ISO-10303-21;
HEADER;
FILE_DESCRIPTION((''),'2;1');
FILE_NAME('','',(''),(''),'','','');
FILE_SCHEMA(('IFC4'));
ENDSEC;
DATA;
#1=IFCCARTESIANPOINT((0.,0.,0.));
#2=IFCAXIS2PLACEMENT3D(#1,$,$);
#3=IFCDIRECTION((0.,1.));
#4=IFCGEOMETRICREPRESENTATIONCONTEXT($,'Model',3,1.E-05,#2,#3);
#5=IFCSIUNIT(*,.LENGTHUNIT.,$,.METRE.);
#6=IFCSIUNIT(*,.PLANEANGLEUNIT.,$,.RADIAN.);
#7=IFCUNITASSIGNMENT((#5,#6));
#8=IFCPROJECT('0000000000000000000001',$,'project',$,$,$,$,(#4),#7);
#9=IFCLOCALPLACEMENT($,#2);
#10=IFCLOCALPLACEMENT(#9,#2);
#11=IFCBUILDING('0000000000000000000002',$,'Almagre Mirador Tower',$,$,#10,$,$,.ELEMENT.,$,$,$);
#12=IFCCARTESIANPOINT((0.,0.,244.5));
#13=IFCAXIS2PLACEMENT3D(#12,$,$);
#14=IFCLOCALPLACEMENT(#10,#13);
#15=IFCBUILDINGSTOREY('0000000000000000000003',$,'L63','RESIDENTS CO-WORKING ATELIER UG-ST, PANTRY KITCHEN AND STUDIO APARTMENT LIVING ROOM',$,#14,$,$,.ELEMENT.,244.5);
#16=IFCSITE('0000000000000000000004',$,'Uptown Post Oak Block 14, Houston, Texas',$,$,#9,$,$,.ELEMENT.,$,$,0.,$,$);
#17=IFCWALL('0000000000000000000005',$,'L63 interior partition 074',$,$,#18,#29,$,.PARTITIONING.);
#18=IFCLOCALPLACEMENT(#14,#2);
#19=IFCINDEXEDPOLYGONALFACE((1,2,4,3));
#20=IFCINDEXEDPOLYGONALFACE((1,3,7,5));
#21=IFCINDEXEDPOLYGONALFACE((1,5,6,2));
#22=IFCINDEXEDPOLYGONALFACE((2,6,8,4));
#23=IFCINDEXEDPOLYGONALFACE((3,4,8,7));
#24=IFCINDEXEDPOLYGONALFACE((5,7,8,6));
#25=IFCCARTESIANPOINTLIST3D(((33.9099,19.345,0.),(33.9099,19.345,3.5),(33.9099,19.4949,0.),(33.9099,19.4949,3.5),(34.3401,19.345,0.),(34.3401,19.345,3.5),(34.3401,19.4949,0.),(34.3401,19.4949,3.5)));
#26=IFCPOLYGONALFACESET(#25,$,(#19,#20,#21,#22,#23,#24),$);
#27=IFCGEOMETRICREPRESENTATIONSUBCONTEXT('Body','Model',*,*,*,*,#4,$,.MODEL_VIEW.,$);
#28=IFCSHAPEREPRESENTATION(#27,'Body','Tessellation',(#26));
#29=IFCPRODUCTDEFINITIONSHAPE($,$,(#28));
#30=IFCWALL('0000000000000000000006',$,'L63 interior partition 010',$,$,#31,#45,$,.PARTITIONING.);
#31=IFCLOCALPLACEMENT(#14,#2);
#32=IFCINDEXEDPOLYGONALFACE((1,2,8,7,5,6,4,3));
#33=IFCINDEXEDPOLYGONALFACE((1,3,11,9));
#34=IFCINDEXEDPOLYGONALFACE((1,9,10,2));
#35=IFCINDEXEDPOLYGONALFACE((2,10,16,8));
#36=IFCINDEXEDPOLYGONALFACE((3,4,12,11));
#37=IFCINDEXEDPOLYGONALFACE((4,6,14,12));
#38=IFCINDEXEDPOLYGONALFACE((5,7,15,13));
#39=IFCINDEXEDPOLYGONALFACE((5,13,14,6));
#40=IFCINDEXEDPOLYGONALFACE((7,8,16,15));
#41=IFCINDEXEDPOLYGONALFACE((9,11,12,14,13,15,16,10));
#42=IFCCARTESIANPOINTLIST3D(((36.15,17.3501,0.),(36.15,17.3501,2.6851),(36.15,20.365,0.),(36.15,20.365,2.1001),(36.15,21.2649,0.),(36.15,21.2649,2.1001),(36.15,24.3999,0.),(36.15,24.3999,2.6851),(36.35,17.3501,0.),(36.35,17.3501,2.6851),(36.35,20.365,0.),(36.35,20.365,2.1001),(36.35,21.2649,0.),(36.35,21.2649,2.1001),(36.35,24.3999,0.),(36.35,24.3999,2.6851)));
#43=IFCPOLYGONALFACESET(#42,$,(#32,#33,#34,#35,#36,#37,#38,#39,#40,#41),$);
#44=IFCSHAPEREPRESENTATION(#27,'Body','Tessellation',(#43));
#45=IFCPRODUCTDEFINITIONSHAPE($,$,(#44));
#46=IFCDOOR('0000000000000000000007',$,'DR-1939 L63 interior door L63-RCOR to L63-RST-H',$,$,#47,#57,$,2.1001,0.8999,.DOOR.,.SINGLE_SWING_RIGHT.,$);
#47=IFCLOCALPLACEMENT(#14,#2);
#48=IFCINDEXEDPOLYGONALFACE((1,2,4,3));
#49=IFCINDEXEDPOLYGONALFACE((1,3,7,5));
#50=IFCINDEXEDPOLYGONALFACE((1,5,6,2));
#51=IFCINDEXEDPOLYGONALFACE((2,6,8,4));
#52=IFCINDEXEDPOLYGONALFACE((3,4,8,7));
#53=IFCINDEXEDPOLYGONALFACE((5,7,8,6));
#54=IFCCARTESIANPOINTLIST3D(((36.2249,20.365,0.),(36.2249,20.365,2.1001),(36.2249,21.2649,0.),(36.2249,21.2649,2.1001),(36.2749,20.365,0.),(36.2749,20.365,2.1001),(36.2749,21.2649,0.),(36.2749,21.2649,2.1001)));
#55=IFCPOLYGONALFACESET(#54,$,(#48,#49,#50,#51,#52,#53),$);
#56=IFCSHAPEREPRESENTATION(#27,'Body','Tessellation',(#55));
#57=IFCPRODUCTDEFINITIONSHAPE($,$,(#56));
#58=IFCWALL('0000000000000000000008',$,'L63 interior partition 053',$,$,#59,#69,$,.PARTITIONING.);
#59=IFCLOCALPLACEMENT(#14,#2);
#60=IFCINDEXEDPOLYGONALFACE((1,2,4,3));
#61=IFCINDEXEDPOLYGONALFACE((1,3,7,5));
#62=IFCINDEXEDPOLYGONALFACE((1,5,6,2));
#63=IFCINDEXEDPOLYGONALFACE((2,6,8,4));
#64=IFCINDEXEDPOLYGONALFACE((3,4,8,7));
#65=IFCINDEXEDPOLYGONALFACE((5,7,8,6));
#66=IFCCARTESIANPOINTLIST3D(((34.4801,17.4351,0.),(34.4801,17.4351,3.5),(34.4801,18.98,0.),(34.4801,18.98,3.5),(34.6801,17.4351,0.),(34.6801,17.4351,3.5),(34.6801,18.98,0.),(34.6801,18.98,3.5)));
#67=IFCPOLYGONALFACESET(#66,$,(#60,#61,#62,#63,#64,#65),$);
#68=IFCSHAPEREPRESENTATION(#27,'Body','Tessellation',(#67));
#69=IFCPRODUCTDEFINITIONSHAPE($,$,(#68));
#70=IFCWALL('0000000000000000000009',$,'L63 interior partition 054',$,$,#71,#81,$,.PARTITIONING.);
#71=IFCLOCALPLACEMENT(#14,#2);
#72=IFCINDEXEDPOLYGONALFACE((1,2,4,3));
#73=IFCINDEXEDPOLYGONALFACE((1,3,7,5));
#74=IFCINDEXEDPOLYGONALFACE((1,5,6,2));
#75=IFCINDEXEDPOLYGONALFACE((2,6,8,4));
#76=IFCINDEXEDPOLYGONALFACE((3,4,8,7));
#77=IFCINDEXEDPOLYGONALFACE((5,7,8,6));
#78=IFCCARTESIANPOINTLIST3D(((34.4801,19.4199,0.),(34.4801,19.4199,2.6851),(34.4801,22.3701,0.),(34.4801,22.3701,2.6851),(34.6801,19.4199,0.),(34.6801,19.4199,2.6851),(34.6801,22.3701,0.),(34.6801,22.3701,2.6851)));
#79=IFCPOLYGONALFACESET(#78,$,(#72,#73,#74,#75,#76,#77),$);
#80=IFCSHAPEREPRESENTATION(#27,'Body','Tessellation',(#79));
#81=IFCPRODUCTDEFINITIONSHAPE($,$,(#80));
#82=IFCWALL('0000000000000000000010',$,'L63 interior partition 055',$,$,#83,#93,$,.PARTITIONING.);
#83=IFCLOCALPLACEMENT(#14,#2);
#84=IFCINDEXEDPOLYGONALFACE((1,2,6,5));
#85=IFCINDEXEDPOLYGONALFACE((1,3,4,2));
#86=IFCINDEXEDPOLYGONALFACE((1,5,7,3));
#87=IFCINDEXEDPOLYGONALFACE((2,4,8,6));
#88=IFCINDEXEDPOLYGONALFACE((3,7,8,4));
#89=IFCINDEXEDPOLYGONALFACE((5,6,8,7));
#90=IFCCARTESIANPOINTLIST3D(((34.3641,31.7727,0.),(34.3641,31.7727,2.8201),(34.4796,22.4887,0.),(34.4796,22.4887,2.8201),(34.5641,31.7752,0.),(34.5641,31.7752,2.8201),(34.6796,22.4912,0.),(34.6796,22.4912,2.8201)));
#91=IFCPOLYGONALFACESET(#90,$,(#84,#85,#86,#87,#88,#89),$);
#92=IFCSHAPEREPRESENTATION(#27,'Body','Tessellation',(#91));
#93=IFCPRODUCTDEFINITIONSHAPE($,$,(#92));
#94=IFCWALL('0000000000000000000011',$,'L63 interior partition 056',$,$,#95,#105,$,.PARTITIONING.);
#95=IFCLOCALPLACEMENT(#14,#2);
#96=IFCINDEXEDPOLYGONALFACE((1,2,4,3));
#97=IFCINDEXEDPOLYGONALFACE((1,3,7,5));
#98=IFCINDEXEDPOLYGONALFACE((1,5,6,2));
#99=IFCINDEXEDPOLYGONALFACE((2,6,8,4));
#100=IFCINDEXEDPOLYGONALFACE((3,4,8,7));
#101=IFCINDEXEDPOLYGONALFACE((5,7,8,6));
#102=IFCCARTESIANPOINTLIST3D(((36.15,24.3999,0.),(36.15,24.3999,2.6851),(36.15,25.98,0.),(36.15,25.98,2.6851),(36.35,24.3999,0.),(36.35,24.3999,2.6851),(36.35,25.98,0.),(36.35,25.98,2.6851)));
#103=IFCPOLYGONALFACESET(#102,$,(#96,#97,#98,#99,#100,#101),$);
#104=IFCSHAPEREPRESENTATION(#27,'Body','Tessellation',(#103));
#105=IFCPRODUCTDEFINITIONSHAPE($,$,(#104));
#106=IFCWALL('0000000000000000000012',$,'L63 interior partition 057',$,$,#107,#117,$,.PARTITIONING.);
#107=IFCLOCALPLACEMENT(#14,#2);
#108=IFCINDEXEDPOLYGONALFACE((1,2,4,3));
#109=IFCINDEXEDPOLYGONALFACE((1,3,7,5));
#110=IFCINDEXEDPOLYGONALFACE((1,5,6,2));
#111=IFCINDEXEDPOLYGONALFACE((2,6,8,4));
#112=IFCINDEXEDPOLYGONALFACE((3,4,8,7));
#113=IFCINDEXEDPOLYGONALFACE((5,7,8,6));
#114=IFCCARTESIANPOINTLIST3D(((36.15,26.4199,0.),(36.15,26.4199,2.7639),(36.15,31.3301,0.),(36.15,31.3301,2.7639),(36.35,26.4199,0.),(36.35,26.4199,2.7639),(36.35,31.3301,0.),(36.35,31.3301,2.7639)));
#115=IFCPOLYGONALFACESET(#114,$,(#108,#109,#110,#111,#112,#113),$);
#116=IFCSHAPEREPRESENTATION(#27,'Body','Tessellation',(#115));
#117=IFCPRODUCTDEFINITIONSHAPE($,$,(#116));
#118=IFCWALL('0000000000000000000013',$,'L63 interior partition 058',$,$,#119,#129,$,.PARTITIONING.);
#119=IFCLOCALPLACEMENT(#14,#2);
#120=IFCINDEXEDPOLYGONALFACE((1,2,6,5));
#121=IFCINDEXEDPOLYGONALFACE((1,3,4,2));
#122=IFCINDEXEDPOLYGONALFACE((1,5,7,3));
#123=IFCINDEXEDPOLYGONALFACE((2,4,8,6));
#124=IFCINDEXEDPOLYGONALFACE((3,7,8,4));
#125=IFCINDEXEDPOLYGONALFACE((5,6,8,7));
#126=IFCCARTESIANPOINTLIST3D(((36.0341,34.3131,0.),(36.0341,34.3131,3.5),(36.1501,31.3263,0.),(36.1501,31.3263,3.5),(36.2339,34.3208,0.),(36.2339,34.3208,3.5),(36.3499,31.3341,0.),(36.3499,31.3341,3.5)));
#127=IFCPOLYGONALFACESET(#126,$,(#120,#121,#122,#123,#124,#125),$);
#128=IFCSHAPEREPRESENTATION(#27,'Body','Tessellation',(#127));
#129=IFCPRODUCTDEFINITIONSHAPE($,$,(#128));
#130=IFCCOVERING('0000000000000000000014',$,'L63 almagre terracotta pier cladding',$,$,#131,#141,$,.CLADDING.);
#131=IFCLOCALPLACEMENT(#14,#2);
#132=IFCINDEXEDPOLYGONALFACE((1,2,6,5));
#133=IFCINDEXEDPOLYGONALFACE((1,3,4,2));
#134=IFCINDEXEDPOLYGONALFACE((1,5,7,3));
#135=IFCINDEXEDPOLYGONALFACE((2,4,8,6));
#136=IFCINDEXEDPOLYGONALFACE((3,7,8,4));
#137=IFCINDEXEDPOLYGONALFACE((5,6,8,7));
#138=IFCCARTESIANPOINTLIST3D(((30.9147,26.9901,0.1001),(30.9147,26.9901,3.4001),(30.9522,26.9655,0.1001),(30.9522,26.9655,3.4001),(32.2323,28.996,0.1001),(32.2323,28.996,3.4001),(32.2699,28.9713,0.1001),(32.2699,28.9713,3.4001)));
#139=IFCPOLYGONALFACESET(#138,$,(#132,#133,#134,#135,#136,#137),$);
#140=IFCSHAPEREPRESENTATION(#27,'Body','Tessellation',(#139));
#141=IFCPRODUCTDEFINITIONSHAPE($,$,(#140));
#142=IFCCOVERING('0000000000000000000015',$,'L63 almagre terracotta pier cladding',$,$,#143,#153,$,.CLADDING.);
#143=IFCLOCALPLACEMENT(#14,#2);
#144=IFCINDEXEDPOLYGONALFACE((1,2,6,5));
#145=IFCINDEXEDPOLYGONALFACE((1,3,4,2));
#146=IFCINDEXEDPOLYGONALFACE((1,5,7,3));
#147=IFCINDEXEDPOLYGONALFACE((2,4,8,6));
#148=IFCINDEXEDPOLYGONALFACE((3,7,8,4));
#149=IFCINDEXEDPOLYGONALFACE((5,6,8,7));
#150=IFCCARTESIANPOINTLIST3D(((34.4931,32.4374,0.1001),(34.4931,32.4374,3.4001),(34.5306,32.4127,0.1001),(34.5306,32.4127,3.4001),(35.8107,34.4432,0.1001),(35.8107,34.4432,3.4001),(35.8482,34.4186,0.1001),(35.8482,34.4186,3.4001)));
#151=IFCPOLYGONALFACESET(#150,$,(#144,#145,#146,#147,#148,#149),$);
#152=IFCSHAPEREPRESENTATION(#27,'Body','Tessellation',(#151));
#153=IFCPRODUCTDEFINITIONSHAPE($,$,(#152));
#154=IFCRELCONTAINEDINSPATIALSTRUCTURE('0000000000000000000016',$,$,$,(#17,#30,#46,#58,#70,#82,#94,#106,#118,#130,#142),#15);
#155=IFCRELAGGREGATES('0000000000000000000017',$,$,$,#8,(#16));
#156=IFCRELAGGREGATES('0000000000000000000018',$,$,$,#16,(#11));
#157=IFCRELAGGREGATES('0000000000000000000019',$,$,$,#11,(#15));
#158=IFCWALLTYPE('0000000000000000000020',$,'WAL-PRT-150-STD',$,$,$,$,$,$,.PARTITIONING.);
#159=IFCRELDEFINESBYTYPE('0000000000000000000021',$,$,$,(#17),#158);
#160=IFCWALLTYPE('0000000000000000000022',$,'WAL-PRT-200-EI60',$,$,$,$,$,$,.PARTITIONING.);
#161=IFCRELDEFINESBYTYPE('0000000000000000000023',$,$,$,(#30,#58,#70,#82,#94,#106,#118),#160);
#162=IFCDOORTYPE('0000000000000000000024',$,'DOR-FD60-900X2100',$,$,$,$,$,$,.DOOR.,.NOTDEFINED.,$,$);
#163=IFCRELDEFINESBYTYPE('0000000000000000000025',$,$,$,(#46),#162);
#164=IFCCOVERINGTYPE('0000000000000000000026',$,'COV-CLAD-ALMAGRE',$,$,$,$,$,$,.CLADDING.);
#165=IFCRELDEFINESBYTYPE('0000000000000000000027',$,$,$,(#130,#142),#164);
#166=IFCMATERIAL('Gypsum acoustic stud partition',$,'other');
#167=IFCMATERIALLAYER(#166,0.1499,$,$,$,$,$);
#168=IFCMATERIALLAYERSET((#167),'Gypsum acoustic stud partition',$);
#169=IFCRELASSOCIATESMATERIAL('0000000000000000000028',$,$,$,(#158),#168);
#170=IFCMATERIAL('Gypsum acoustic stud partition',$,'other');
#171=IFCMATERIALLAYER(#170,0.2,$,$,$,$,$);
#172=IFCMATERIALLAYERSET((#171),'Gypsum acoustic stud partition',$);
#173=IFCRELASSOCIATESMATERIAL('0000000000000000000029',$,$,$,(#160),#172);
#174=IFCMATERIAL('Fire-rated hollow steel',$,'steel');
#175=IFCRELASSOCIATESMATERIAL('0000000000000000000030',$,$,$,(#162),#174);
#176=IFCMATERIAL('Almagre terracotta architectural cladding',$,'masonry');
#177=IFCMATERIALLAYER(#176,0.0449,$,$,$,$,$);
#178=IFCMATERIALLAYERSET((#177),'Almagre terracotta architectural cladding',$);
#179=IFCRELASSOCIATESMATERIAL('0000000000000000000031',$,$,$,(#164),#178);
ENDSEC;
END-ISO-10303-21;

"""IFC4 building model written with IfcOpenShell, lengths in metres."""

from ifc_helpers import new_model, si_unit, direction, frame, frame_2d, origin, origin_2d, place, context, subcontext, project, spatial, rectangle, extrude, material, layer, layer_set, type_object, element, fill, save


model = new_model("IFC4")

# Units and contexts
model_context = context("Model", 3, precision=1e-05, world=origin(), true_north=direction((0.0, 1.0)))
body_context = subcontext(model_context, "Body", "Model", "MODEL_VIEW")
ifc_project = project(units=[si_unit("LENGTHUNIT", "METRE"), si_unit("PLANEANGLEUNIT", "RADIAN")], contexts=[model_context])

# Site, building, storey
site_placement = place(None, origin())
site = spatial("IfcSite", under=ifc_project, at=site_placement, Name="Uptown Post Oak Block 14, Houston, Texas", CompositionType="ELEMENT", RefElevation=0.0)
building_placement = place(site_placement, origin())
building = spatial("IfcBuilding", under=site, at=building_placement, Name="Almagre Mirador Tower", CompositionType="ELEMENT")
storey_placement = place(building_placement, frame((0.0, 0.0, 244.5)))
storey = spatial("IfcBuildingStorey", under=building, at=storey_placement, Name="L63", Description="RESIDENTS CO-WORKING ATELIER UG-ST, PANTRY KITCHEN AND STUDIO APARTMENT LIVING ROOM", CompositionType="ELEMENT", Elevation=244.5)

# Shared definitions
ifc_material_1 = material(Name="Gypsum acoustic stud partition", Category="other")
ifc_layer_1 = layer(ifc_material_1, 0.1499)
ifc_layer_set_1 = layer_set([ifc_layer_1], Name="Gypsum acoustic stud partition")
wall_type_1 = type_object("IfcWallType", Name="WAL-PRT-150-STD", PredefinedType="PARTITIONING", material=ifc_layer_set_1)

# Wall
wall_1_placement = place(storey_placement, frame((33.9099, 19.4199, 0.0), z_axis=(0.0, 0.0, 1.0), x_axis=(1.0, 0.0, 0.0)))
element("IfcWall", 1, at=wall_1_placement, inside=storey, type_object=wall_type_1, Name="L63 interior partition 074", PredefinedType="PARTITIONING", context=body_context, shape_type="SweptSolid", body=[
    extrude(rectangle(XDim=0.4302, YDim=0.1499, at=frame_2d((0.2151, 0.0))), origin(), (0.0, 0.0, 1.0), 3.5),
])

# Wall, opening, door
ifc_material_2 = material(Name="Gypsum acoustic stud partition", Category="other")
ifc_layer_2 = layer(ifc_material_2, 0.2)
ifc_layer_set_2 = layer_set([ifc_layer_2], Name="Gypsum acoustic stud partition")
wall_type_2 = type_object("IfcWallType", Name="WAL-PRT-200-EI60", PredefinedType="PARTITIONING", material=ifc_layer_set_2)
wall_2_placement = place(storey_placement, frame((36.25, 24.3999, 0.0), z_axis=(0.0, 0.0, 1.0), x_axis=(0.0, -1.0, 0.0)))
wall_2 = element("IfcWall", 2, at=wall_2_placement, inside=storey, type_object=wall_type_2, Name="L63 interior partition 010", PredefinedType="PARTITIONING", context=body_context, shape_type="SweptSolid", body=[
    extrude(rectangle(XDim=7.0498, YDim=0.2, at=frame_2d((3.5249, 0.0))), origin(), (0.0, 0.0, 1.0), 2.6851),
])
opening_1_placement = place(wall_2_placement, frame((3.135, 0.0, 0.0)))
opening_1 = element("IfcOpeningElement", 3, at=opening_1_placement, cuts=wall_2, PredefinedType="OPENING", context=body_context, shape_type="SweptSolid", body=[
    extrude(rectangle(XDim=0.8999, YDim=2.1001, at=frame_2d((0.45, 1.05))), frame((0.0, 0.1101, 0.0), z_axis=(0.0, -1.0, 0.0), x_axis=(1.0, 0.0, 0.0)), (0.0, 0.0, 1.0), 0.22),
])
ifc_material_3 = material(Name="Fire-rated hollow steel", Category="steel")
door_type_1 = type_object("IfcDoorType", Name="DOR-FD60-900X2100", OperationType="NOTDEFINED", PredefinedType="DOOR", material=ifc_material_3)
door_1_placement = place(opening_1_placement, origin())
door_1 = element("IfcDoor", 4, at=door_1_placement, inside=storey, type_object=door_type_1, Name="DR-1939 L63 interior door L63-RCOR to L63-RST-H", OperationType="SINGLE_SWING_RIGHT", OverallHeight=2.1001, OverallWidth=0.8999, PredefinedType="DOOR", context=body_context, shape_type="SweptSolid", body=[
    extrude(rectangle(XDim=0.8999, YDim=2.1001, at=frame_2d((0.45, 1.05))), frame((0.0, 0.0249, 0.0), z_axis=(0.0, -1.0, 0.0), x_axis=(1.0, 0.0, 0.0)), (0.0, 0.0, 1.0), 0.05),
])
fill(opening_1, door_1)

# Walls
wall_3_placement = place(storey_placement, frame((34.5801, 17.4351, 0.0), z_axis=(0.0, 0.0, 1.0), x_axis=(0.0, 1.0, 0.0)))
element("IfcWall", 5, at=wall_3_placement, inside=storey, type_object=wall_type_2, Name="L63 interior partition 053", PredefinedType="PARTITIONING", context=body_context, shape_type="SweptSolid", body=[
    extrude(rectangle(XDim=1.5449, YDim=0.2, at=frame_2d((0.7725, 0.0))), origin(), (0.0, 0.0, 1.0), 3.5),
])
wall_4_placement = place(storey_placement, frame((34.5801, 19.4199, 0.0), z_axis=(0.0, 0.0, 1.0), x_axis=(0.0, 1.0, 0.0)))
element("IfcWall", 6, at=wall_4_placement, inside=storey, type_object=wall_type_2, Name="L63 interior partition 054", PredefinedType="PARTITIONING", context=body_context, shape_type="SweptSolid", body=[
    extrude(rectangle(XDim=2.9502, YDim=0.2, at=frame_2d((1.4751, 0.0))), origin(), (0.0, 0.0, 1.0), 2.6851),
])
wall_5_placement = place(storey_placement, frame((34.5796, 22.49, 0.0), z_axis=(0.0, 0.0, 1.0), x_axis=(-0.012438, 0.999923, 0.0)))
element("IfcWall", 7, at=wall_5_placement, inside=storey, type_object=wall_type_2, Name="L63 interior partition 055", PredefinedType="PARTITIONING", context=body_context, shape_type="SweptSolid", body=[
    extrude(rectangle(XDim=9.2847, YDim=0.2, at=frame_2d((4.6423, 0.0))), origin(), (0.0, 0.0, 1.0), 2.8201),
])
wall_6_placement = place(storey_placement, frame((36.25, 24.3999, 0.0), z_axis=(0.0, 0.0, 1.0), x_axis=(0.0, 1.0, 0.0)))
element("IfcWall", 8, at=wall_6_placement, inside=storey, type_object=wall_type_2, Name="L63 interior partition 056", PredefinedType="PARTITIONING", context=body_context, shape_type="SweptSolid", body=[
    extrude(rectangle(XDim=1.5801, YDim=0.2, at=frame_2d((0.79, 0.0))), origin(), (0.0, 0.0, 1.0), 2.6851),
])
wall_7_placement = place(storey_placement, frame((36.25, 26.4199, 0.0), z_axis=(0.0, 0.0, 1.0), x_axis=(0.0, 1.0, 0.0)))
element("IfcWall", 9, at=wall_7_placement, inside=storey, type_object=wall_type_2, Name="L63 interior partition 057", PredefinedType="PARTITIONING", context=body_context, shape_type="SweptSolid", body=[
    extrude(rectangle(XDim=4.9102, YDim=0.2, at=frame_2d((2.4551, 0.0))), origin(), (0.0, 0.0, 1.0), 2.7639),
])
wall_8_placement = place(storey_placement, frame((36.25, 31.3301, 0.0), z_axis=(0.0, 0.0, 1.0), x_axis=(-0.038797, 0.999247, 0.0)))
element("IfcWall", 10, at=wall_8_placement, inside=storey, type_object=wall_type_2, Name="L63 interior partition 058", PredefinedType="PARTITIONING", context=body_context, shape_type="SweptSolid", body=[
    extrude(rectangle(XDim=2.989, YDim=0.2, at=frame_2d((1.4946, 0.0))), origin(), (0.0, 0.0, 1.0), 3.5),
])

# Coverings
ifc_material_4 = material(Name="Almagre terracotta architectural cladding", Category="masonry")
ifc_layer_3 = layer(ifc_material_4, 0.0449)
ifc_layer_set_3 = layer_set([ifc_layer_3], Name="Almagre terracotta architectural cladding")
covering_type = type_object("IfcCoveringType", Name="COV-CLAD-ALMAGRE", PredefinedType="CLADDING", material=ifc_layer_set_3)
for number, where, z_axis, x_axis, name in (
    (11, (31.5923, 27.9807, 0.1001), (0.0, 0.0, 1.0), (0.549037, 0.835798, 0.0), "L63 almagre terracotta pier cladding"),
    (12, (35.1707, 33.428, 0.1001), (0.0, 0.0, 1.0), (0.549037, 0.835798, 0.0), "L63 almagre terracotta pier cladding"),
):
    element("IfcCovering", number, at=place(storey_placement, frame(where, z_axis=z_axis, x_axis=x_axis)), inside=storey, type_object=covering_type, Name=name, PredefinedType="CLADDING", context=body_context, shape_type="SweptSolid", body=[
        extrude(rectangle(XDim=2.3999, YDim=0.0449, at=origin_2d()), origin(), (0.0, 0.0, 1.0), 3.3),
    ])

save(model, "model.ifc")
